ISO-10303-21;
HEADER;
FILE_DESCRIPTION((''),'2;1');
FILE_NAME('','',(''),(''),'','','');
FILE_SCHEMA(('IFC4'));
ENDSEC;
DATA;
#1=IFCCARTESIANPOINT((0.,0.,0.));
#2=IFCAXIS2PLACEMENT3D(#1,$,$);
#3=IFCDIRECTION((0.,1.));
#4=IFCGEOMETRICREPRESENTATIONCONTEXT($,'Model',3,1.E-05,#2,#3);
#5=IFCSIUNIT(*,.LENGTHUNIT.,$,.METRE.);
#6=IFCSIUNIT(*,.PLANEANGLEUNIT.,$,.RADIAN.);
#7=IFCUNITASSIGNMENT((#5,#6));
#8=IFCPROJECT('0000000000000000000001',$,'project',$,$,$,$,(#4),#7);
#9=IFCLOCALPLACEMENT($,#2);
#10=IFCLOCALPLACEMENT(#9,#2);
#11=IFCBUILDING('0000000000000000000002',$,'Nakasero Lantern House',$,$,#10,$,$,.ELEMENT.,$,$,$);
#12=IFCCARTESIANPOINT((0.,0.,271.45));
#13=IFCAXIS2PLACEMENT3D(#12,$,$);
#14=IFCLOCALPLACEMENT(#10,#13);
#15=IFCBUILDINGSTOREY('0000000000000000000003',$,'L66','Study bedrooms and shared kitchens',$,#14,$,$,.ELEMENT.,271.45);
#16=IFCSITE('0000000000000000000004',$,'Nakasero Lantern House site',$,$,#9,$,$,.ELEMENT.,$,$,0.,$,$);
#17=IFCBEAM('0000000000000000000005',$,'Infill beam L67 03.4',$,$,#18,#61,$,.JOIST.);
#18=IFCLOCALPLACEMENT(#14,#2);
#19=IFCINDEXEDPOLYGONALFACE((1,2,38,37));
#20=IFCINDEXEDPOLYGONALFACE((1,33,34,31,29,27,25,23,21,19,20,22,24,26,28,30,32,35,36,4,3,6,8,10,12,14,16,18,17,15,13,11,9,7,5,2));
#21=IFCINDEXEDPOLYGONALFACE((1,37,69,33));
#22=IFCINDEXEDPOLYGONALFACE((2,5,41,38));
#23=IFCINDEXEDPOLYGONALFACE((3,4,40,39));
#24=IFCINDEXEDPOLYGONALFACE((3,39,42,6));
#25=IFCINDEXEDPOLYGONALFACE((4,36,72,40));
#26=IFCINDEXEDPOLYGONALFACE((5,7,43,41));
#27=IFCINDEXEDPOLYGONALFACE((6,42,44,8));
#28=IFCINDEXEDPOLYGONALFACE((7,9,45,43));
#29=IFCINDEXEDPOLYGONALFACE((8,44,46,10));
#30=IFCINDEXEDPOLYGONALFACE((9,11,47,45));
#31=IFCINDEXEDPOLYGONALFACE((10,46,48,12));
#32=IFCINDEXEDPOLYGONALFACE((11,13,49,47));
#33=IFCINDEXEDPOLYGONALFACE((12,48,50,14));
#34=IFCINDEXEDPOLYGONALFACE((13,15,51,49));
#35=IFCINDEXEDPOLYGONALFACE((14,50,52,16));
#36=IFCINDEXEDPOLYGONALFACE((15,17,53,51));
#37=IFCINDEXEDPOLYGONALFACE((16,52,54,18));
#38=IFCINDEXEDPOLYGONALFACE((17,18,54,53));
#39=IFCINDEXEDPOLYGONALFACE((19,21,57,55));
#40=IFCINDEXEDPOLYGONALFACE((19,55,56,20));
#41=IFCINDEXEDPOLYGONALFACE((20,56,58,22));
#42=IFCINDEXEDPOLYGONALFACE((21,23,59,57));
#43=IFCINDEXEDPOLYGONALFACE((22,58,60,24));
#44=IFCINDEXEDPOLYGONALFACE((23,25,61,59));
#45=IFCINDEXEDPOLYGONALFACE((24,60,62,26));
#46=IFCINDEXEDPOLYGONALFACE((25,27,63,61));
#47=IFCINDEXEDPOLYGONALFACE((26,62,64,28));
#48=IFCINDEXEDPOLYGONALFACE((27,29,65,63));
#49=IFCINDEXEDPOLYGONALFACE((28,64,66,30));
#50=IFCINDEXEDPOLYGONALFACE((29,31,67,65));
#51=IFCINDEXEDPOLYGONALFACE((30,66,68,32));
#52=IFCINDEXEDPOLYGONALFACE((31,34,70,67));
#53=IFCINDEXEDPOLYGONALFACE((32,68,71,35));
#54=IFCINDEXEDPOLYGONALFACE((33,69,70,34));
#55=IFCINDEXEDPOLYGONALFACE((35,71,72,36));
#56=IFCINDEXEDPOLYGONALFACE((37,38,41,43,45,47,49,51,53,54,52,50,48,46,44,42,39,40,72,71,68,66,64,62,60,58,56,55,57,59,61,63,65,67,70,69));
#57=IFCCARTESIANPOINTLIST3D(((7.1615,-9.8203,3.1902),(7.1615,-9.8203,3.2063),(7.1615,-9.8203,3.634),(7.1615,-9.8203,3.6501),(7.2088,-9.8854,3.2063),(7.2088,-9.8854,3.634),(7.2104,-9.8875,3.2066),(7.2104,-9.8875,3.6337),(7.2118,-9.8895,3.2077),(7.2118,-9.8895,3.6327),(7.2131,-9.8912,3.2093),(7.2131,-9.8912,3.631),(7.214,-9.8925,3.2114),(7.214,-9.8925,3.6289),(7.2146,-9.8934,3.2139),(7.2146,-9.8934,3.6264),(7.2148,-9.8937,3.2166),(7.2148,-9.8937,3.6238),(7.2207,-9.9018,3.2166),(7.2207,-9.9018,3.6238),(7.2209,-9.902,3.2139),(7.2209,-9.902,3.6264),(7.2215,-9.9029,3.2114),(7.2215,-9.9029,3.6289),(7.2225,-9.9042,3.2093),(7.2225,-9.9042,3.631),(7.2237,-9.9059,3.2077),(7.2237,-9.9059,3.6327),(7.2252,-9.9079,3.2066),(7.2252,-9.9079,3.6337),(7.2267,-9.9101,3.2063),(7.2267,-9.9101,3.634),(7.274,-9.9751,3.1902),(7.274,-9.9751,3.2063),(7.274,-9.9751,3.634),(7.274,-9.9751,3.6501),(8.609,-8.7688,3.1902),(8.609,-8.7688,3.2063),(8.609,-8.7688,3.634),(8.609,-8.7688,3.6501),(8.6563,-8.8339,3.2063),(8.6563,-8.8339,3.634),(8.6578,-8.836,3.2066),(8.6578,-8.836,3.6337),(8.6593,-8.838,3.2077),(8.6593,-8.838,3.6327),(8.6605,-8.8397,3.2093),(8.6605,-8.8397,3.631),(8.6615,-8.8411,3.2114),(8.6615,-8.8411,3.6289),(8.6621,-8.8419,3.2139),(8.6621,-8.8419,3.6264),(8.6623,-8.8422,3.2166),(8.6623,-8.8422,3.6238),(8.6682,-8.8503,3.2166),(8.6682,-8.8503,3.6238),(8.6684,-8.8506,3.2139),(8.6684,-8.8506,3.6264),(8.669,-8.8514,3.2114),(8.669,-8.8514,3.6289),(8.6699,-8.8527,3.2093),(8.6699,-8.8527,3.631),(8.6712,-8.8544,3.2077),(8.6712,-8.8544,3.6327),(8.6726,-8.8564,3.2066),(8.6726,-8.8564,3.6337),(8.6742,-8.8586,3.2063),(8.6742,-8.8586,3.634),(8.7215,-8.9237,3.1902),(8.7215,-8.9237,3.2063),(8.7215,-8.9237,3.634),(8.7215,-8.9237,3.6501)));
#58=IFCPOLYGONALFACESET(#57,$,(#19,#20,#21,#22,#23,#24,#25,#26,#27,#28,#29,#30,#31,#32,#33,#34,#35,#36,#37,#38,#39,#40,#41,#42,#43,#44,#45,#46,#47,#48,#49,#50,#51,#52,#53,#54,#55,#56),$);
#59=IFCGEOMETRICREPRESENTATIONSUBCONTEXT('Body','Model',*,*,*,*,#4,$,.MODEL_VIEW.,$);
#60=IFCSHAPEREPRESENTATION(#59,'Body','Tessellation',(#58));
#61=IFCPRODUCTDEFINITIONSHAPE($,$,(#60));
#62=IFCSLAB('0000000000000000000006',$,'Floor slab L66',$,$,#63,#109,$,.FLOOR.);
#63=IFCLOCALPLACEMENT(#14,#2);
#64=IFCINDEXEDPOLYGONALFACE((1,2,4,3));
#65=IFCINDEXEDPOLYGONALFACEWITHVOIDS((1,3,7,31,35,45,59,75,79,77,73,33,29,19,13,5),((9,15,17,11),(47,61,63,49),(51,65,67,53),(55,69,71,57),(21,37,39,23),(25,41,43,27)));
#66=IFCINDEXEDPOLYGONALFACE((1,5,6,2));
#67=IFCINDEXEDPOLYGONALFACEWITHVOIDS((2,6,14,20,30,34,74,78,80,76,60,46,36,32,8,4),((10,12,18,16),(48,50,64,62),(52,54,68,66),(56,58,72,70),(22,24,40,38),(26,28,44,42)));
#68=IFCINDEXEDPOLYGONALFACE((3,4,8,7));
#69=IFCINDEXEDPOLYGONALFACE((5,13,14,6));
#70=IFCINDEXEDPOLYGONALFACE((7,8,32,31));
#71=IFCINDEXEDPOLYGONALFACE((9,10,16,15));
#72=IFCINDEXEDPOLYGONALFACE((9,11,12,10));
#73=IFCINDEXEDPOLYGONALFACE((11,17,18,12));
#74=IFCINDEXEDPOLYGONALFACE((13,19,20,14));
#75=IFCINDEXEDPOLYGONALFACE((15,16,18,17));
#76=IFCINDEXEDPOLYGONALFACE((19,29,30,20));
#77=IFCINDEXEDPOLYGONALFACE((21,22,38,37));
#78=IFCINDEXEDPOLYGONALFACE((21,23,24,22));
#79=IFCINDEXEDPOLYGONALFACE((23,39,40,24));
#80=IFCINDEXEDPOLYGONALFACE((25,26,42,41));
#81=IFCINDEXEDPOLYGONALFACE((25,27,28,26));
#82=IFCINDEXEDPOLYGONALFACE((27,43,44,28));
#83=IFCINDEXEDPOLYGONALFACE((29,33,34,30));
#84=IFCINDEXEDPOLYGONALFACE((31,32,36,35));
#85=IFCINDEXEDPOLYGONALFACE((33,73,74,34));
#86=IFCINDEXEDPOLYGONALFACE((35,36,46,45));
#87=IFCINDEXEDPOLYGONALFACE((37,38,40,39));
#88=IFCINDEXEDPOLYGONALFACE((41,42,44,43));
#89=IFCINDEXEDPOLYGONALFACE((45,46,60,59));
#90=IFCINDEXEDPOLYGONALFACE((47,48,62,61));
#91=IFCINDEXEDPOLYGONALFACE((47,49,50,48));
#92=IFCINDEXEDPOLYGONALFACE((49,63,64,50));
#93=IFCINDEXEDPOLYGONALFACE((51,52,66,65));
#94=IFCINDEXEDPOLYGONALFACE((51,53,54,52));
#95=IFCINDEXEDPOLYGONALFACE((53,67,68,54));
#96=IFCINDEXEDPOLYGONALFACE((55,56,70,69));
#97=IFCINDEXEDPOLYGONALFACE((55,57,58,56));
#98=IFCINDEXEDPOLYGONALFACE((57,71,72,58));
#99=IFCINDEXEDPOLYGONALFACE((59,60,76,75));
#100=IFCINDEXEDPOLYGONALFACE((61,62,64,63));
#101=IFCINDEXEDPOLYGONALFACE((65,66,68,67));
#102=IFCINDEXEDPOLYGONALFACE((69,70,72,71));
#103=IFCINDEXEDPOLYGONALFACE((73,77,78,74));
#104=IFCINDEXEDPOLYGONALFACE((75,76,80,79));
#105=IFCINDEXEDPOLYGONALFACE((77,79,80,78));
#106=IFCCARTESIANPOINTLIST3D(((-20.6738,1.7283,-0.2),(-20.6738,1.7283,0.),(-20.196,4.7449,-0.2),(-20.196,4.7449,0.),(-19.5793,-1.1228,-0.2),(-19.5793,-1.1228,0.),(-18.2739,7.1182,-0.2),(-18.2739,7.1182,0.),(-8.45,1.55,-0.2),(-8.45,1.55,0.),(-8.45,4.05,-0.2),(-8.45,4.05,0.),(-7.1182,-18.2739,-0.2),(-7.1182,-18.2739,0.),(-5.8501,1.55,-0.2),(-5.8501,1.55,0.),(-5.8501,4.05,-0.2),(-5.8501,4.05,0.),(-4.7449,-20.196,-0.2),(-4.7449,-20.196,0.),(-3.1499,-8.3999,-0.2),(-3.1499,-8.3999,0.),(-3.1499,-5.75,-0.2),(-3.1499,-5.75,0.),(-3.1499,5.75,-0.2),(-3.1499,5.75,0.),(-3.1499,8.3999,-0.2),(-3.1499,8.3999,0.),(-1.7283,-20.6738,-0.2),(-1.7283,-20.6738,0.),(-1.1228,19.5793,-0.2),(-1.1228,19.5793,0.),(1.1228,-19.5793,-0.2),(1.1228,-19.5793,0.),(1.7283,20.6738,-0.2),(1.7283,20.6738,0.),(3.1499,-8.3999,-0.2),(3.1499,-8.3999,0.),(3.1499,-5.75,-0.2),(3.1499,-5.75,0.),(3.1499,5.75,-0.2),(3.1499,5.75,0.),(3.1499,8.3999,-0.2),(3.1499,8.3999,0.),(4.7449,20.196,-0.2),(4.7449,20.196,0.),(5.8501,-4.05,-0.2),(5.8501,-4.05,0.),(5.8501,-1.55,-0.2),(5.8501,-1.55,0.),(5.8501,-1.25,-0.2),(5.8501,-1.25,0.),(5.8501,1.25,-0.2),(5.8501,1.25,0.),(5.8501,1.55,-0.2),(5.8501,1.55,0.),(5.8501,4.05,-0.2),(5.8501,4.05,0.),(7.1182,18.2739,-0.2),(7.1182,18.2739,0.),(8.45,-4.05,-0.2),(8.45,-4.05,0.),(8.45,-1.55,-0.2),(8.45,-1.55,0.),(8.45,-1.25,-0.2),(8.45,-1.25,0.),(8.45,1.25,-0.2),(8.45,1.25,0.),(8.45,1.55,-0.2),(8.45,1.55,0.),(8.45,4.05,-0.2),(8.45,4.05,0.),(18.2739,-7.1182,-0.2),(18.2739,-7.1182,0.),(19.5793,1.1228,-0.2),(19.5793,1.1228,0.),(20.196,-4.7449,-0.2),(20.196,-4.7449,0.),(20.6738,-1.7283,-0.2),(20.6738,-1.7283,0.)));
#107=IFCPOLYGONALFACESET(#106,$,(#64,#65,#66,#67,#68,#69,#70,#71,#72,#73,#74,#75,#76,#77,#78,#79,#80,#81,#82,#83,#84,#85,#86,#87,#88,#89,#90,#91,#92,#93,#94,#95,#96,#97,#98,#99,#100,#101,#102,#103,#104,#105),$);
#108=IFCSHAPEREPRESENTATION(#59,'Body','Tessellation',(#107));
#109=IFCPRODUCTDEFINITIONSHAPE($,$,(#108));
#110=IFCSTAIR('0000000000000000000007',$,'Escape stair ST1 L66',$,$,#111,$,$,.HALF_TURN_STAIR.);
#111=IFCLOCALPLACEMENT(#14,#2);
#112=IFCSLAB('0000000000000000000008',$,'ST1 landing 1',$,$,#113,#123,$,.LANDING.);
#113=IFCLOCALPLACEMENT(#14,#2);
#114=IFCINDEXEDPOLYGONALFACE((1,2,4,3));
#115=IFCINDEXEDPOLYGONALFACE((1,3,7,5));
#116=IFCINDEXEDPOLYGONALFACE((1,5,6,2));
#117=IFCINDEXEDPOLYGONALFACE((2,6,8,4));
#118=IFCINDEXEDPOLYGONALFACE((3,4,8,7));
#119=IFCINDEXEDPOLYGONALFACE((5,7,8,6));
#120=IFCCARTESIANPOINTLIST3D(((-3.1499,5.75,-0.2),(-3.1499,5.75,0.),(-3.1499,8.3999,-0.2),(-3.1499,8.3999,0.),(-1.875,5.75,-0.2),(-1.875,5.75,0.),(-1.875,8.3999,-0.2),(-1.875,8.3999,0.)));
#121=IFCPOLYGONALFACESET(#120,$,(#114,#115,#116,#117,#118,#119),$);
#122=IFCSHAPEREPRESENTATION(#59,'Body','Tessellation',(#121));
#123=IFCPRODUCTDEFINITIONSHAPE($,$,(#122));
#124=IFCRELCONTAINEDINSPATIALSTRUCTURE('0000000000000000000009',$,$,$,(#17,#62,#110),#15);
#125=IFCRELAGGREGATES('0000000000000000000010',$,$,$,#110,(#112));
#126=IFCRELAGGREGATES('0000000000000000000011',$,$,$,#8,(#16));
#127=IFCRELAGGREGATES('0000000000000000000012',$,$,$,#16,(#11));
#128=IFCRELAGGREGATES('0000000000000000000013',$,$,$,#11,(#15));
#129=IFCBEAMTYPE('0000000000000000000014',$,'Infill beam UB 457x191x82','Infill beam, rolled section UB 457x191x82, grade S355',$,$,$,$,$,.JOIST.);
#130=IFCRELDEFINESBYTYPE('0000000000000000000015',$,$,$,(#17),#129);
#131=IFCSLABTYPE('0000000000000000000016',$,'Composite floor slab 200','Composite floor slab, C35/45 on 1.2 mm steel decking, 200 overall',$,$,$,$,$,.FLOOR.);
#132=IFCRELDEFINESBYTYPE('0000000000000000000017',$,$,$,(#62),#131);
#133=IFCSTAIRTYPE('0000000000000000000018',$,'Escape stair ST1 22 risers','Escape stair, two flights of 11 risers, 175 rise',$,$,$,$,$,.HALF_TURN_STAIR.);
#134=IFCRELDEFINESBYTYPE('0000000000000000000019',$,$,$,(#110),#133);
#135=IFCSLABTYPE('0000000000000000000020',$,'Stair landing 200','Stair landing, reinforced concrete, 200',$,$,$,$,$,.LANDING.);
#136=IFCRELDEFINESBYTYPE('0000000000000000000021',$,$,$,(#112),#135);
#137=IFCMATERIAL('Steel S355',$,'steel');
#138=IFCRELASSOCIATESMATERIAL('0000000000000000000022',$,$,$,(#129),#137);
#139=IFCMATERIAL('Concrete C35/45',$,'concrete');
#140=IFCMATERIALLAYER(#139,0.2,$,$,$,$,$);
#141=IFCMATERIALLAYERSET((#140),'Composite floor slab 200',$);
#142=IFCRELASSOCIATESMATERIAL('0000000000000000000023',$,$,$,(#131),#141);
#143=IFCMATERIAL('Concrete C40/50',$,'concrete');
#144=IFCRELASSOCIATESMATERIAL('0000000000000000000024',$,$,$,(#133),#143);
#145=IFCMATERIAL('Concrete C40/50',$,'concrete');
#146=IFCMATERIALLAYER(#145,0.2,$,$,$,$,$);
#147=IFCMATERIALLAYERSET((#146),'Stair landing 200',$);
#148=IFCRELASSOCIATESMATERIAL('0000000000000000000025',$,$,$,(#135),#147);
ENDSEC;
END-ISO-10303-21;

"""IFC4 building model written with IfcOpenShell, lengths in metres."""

from ifc_helpers import new_model, si_unit, direction, frame, origin, origin_2d, place, context, subcontext, project, spatial, polyline, i_section, outline, extrude, material, layer, layer_set, material_profile, profile_set, type_object, element, aggregate, save


model = new_model("IFC4")

# Units and contexts
model_context = context("Model", 3, precision=1e-05, world=origin(), true_north=direction((0.0, 1.0)))
body_context = subcontext(model_context, "Body", "Model", "MODEL_VIEW")
ifc_project = project(units=[si_unit("LENGTHUNIT", "METRE"), si_unit("PLANEANGLEUNIT", "RADIAN")], contexts=[model_context])

# Site, building, storey
site_placement = place(None, origin())
site = spatial("IfcSite", under=ifc_project, at=site_placement, Name="Nakasero Lantern House site", CompositionType="ELEMENT", RefElevation=0.0)
building_placement = place(site_placement, origin())
building = spatial("IfcBuilding", under=site, at=building_placement, Name="Nakasero Lantern House", CompositionType="ELEMENT")
storey_placement = place(building_placement, frame((0.0, 0.0, 271.45)))
storey = spatial("IfcBuildingStorey", under=building, at=storey_placement, Name="L66", Description="Study bedrooms and shared kitchens", CompositionType="ELEMENT", Elevation=271.45)

# Beam
ifc_material_1 = material(Name="Steel S355", Category="steel")
ifc_material_profile = material_profile(ifc_material_1, i_section(OverallWidth=0.1914, OverallDepth=0.46, WebThickness=0.01, FlangeThickness=0.0161, FilletRadius=0.0103, at=origin_2d()), Name="UB 457x191x82")
ifc_profile_set = profile_set([ifc_material_profile], Name="Steel S355")
beam_type = type_object("IfcBeamType", Name="Infill beam UB 457x191x82", Description="Infill beam, rolled section UB 457x191x82, grade S355", PredefinedType="JOIST", material=ifc_profile_set)
beam_placement = place(storey_placement, frame((7.2178, -9.8977, 3.4202), z_axis=(0.809061, 0.587725, 0.0), x_axis=(-0.587725, 0.809061, 0.0)))
element("IfcBeam", 1, at=beam_placement, inside=storey, type_object=beam_type, Name="Infill beam L67 03.4", PredefinedType="JOIST", context=body_context, shape_type="SweptSolid", body=[
    extrude(i_section(OverallWidth=0.1914, OverallDepth=0.46, WebThickness=0.01, FlangeThickness=0.0161, FilletRadius=0.0103, at=origin_2d()), origin(), (0.0, 0.0, 1.0), 1.7891),
])

# Slab
ifc_material_2 = material(Name="Concrete C35/45", Category="concrete")
ifc_layer_1 = layer(ifc_material_2, 0.2)
ifc_layer_set_1 = layer_set([ifc_layer_1], Name="Composite floor slab 200")
slab_type_1 = type_object("IfcSlabType", Name="Composite floor slab 200", Description="Composite floor slab, C35/45 on 1.2 mm steel decking, 200 overall", PredefinedType="FLOOR", material=ifc_layer_set_1)
slab_1_placement = place(storey_placement, frame((0.0, 0.0, -0.2)))
element("IfcSlab", 2, at=slab_1_placement, inside=storey, type_object=slab_type_1, Name="Floor slab L66", PredefinedType="FLOOR", context=body_context, shape_type="SweptSolid", body=[
    extrude(outline(polyline([(7.1182, 18.2739), (4.7449, 20.196), (1.7283, 20.6738), (-1.1228, 19.5793), (-18.2739, 7.1182), (-20.196, 4.7449), (-20.6738, 1.7283), (-19.5793, -1.1228), (-7.1182, -18.2739), (-4.7449, -20.196), (-1.7283, -20.6738), (1.1228, -19.5793), (18.2739, -7.1182), (20.196, -4.7449), (20.6738, -1.7283), (19.5793, 1.1228), (7.1182, 18.2739)]), holes=[polyline([(-8.45, 1.55), (-5.8501, 1.55), (-5.8501, 4.05), (-8.45, 4.05), (-8.45, 1.55)]), polyline([(5.8501, -4.05), (8.45, -4.05), (8.45, -1.55), (5.8501, -1.55), (5.8501, -4.05)]), polyline([(5.8501, -1.25), (8.45, -1.25), (8.45, 1.25), (5.8501, 1.25), (5.8501, -1.25)]), polyline([(5.8501, 1.55), (8.45, 1.55), (8.45, 4.05), (5.8501, 4.05), (5.8501, 1.55)]), polyline([(-3.1499, 5.75), (3.1499, 5.75), (3.1499, 8.3999), (-3.1499, 8.3999), (-3.1499, 5.75)]), polyline([(-3.1499, -8.3999), (3.1499, -8.3999), (3.1499, -5.75), (-3.1499, -5.75), (-3.1499, -8.3999)])]), origin(), (0.0, 0.0, 1.0), 0.2),
])

# Stair, slab
ifc_material_3 = material(Name="Concrete C40/50", Category="concrete")
stair_type_1 = type_object("IfcStairType", Name="Escape stair ST1 22 risers", Description="Escape stair, two flights of 11 risers, 175 rise", PredefinedType="HALF_TURN_STAIR", material=ifc_material_3)
stair_1_placement = place(storey_placement, origin())
stair_1 = element("IfcStair", 3, at=stair_1_placement, inside=storey, type_object=stair_type_1, Name="Escape stair ST1 L66", PredefinedType="HALF_TURN_STAIR")
ifc_material_4 = material(Name="Concrete C40/50", Category="concrete")
ifc_layer_2 = layer(ifc_material_4, 0.2)
ifc_layer_set_2 = layer_set([ifc_layer_2], Name="Stair landing 200")
slab_type_2 = type_object("IfcSlabType", Name="Stair landing 200", Description="Stair landing, reinforced concrete, 200", PredefinedType="LANDING", material=ifc_layer_set_2)
slab_2_placement = place(storey_placement, frame((0.0, 0.0, -0.2)))
slab_2 = element("IfcSlab", 4, at=slab_2_placement, type_object=slab_type_2, Name="ST1 landing 1", PredefinedType="LANDING", context=body_context, shape_type="SweptSolid", body=[
    extrude(outline(polyline([(-3.1499, 5.75), (-1.875, 5.75), (-1.875, 8.3999), (-3.1499, 8.3999), (-3.1499, 5.75)])), origin(), (0.0, 0.0, 1.0), 0.2),
])
aggregate(stair_1, [slab_2])

save(model, "model.ifc")
